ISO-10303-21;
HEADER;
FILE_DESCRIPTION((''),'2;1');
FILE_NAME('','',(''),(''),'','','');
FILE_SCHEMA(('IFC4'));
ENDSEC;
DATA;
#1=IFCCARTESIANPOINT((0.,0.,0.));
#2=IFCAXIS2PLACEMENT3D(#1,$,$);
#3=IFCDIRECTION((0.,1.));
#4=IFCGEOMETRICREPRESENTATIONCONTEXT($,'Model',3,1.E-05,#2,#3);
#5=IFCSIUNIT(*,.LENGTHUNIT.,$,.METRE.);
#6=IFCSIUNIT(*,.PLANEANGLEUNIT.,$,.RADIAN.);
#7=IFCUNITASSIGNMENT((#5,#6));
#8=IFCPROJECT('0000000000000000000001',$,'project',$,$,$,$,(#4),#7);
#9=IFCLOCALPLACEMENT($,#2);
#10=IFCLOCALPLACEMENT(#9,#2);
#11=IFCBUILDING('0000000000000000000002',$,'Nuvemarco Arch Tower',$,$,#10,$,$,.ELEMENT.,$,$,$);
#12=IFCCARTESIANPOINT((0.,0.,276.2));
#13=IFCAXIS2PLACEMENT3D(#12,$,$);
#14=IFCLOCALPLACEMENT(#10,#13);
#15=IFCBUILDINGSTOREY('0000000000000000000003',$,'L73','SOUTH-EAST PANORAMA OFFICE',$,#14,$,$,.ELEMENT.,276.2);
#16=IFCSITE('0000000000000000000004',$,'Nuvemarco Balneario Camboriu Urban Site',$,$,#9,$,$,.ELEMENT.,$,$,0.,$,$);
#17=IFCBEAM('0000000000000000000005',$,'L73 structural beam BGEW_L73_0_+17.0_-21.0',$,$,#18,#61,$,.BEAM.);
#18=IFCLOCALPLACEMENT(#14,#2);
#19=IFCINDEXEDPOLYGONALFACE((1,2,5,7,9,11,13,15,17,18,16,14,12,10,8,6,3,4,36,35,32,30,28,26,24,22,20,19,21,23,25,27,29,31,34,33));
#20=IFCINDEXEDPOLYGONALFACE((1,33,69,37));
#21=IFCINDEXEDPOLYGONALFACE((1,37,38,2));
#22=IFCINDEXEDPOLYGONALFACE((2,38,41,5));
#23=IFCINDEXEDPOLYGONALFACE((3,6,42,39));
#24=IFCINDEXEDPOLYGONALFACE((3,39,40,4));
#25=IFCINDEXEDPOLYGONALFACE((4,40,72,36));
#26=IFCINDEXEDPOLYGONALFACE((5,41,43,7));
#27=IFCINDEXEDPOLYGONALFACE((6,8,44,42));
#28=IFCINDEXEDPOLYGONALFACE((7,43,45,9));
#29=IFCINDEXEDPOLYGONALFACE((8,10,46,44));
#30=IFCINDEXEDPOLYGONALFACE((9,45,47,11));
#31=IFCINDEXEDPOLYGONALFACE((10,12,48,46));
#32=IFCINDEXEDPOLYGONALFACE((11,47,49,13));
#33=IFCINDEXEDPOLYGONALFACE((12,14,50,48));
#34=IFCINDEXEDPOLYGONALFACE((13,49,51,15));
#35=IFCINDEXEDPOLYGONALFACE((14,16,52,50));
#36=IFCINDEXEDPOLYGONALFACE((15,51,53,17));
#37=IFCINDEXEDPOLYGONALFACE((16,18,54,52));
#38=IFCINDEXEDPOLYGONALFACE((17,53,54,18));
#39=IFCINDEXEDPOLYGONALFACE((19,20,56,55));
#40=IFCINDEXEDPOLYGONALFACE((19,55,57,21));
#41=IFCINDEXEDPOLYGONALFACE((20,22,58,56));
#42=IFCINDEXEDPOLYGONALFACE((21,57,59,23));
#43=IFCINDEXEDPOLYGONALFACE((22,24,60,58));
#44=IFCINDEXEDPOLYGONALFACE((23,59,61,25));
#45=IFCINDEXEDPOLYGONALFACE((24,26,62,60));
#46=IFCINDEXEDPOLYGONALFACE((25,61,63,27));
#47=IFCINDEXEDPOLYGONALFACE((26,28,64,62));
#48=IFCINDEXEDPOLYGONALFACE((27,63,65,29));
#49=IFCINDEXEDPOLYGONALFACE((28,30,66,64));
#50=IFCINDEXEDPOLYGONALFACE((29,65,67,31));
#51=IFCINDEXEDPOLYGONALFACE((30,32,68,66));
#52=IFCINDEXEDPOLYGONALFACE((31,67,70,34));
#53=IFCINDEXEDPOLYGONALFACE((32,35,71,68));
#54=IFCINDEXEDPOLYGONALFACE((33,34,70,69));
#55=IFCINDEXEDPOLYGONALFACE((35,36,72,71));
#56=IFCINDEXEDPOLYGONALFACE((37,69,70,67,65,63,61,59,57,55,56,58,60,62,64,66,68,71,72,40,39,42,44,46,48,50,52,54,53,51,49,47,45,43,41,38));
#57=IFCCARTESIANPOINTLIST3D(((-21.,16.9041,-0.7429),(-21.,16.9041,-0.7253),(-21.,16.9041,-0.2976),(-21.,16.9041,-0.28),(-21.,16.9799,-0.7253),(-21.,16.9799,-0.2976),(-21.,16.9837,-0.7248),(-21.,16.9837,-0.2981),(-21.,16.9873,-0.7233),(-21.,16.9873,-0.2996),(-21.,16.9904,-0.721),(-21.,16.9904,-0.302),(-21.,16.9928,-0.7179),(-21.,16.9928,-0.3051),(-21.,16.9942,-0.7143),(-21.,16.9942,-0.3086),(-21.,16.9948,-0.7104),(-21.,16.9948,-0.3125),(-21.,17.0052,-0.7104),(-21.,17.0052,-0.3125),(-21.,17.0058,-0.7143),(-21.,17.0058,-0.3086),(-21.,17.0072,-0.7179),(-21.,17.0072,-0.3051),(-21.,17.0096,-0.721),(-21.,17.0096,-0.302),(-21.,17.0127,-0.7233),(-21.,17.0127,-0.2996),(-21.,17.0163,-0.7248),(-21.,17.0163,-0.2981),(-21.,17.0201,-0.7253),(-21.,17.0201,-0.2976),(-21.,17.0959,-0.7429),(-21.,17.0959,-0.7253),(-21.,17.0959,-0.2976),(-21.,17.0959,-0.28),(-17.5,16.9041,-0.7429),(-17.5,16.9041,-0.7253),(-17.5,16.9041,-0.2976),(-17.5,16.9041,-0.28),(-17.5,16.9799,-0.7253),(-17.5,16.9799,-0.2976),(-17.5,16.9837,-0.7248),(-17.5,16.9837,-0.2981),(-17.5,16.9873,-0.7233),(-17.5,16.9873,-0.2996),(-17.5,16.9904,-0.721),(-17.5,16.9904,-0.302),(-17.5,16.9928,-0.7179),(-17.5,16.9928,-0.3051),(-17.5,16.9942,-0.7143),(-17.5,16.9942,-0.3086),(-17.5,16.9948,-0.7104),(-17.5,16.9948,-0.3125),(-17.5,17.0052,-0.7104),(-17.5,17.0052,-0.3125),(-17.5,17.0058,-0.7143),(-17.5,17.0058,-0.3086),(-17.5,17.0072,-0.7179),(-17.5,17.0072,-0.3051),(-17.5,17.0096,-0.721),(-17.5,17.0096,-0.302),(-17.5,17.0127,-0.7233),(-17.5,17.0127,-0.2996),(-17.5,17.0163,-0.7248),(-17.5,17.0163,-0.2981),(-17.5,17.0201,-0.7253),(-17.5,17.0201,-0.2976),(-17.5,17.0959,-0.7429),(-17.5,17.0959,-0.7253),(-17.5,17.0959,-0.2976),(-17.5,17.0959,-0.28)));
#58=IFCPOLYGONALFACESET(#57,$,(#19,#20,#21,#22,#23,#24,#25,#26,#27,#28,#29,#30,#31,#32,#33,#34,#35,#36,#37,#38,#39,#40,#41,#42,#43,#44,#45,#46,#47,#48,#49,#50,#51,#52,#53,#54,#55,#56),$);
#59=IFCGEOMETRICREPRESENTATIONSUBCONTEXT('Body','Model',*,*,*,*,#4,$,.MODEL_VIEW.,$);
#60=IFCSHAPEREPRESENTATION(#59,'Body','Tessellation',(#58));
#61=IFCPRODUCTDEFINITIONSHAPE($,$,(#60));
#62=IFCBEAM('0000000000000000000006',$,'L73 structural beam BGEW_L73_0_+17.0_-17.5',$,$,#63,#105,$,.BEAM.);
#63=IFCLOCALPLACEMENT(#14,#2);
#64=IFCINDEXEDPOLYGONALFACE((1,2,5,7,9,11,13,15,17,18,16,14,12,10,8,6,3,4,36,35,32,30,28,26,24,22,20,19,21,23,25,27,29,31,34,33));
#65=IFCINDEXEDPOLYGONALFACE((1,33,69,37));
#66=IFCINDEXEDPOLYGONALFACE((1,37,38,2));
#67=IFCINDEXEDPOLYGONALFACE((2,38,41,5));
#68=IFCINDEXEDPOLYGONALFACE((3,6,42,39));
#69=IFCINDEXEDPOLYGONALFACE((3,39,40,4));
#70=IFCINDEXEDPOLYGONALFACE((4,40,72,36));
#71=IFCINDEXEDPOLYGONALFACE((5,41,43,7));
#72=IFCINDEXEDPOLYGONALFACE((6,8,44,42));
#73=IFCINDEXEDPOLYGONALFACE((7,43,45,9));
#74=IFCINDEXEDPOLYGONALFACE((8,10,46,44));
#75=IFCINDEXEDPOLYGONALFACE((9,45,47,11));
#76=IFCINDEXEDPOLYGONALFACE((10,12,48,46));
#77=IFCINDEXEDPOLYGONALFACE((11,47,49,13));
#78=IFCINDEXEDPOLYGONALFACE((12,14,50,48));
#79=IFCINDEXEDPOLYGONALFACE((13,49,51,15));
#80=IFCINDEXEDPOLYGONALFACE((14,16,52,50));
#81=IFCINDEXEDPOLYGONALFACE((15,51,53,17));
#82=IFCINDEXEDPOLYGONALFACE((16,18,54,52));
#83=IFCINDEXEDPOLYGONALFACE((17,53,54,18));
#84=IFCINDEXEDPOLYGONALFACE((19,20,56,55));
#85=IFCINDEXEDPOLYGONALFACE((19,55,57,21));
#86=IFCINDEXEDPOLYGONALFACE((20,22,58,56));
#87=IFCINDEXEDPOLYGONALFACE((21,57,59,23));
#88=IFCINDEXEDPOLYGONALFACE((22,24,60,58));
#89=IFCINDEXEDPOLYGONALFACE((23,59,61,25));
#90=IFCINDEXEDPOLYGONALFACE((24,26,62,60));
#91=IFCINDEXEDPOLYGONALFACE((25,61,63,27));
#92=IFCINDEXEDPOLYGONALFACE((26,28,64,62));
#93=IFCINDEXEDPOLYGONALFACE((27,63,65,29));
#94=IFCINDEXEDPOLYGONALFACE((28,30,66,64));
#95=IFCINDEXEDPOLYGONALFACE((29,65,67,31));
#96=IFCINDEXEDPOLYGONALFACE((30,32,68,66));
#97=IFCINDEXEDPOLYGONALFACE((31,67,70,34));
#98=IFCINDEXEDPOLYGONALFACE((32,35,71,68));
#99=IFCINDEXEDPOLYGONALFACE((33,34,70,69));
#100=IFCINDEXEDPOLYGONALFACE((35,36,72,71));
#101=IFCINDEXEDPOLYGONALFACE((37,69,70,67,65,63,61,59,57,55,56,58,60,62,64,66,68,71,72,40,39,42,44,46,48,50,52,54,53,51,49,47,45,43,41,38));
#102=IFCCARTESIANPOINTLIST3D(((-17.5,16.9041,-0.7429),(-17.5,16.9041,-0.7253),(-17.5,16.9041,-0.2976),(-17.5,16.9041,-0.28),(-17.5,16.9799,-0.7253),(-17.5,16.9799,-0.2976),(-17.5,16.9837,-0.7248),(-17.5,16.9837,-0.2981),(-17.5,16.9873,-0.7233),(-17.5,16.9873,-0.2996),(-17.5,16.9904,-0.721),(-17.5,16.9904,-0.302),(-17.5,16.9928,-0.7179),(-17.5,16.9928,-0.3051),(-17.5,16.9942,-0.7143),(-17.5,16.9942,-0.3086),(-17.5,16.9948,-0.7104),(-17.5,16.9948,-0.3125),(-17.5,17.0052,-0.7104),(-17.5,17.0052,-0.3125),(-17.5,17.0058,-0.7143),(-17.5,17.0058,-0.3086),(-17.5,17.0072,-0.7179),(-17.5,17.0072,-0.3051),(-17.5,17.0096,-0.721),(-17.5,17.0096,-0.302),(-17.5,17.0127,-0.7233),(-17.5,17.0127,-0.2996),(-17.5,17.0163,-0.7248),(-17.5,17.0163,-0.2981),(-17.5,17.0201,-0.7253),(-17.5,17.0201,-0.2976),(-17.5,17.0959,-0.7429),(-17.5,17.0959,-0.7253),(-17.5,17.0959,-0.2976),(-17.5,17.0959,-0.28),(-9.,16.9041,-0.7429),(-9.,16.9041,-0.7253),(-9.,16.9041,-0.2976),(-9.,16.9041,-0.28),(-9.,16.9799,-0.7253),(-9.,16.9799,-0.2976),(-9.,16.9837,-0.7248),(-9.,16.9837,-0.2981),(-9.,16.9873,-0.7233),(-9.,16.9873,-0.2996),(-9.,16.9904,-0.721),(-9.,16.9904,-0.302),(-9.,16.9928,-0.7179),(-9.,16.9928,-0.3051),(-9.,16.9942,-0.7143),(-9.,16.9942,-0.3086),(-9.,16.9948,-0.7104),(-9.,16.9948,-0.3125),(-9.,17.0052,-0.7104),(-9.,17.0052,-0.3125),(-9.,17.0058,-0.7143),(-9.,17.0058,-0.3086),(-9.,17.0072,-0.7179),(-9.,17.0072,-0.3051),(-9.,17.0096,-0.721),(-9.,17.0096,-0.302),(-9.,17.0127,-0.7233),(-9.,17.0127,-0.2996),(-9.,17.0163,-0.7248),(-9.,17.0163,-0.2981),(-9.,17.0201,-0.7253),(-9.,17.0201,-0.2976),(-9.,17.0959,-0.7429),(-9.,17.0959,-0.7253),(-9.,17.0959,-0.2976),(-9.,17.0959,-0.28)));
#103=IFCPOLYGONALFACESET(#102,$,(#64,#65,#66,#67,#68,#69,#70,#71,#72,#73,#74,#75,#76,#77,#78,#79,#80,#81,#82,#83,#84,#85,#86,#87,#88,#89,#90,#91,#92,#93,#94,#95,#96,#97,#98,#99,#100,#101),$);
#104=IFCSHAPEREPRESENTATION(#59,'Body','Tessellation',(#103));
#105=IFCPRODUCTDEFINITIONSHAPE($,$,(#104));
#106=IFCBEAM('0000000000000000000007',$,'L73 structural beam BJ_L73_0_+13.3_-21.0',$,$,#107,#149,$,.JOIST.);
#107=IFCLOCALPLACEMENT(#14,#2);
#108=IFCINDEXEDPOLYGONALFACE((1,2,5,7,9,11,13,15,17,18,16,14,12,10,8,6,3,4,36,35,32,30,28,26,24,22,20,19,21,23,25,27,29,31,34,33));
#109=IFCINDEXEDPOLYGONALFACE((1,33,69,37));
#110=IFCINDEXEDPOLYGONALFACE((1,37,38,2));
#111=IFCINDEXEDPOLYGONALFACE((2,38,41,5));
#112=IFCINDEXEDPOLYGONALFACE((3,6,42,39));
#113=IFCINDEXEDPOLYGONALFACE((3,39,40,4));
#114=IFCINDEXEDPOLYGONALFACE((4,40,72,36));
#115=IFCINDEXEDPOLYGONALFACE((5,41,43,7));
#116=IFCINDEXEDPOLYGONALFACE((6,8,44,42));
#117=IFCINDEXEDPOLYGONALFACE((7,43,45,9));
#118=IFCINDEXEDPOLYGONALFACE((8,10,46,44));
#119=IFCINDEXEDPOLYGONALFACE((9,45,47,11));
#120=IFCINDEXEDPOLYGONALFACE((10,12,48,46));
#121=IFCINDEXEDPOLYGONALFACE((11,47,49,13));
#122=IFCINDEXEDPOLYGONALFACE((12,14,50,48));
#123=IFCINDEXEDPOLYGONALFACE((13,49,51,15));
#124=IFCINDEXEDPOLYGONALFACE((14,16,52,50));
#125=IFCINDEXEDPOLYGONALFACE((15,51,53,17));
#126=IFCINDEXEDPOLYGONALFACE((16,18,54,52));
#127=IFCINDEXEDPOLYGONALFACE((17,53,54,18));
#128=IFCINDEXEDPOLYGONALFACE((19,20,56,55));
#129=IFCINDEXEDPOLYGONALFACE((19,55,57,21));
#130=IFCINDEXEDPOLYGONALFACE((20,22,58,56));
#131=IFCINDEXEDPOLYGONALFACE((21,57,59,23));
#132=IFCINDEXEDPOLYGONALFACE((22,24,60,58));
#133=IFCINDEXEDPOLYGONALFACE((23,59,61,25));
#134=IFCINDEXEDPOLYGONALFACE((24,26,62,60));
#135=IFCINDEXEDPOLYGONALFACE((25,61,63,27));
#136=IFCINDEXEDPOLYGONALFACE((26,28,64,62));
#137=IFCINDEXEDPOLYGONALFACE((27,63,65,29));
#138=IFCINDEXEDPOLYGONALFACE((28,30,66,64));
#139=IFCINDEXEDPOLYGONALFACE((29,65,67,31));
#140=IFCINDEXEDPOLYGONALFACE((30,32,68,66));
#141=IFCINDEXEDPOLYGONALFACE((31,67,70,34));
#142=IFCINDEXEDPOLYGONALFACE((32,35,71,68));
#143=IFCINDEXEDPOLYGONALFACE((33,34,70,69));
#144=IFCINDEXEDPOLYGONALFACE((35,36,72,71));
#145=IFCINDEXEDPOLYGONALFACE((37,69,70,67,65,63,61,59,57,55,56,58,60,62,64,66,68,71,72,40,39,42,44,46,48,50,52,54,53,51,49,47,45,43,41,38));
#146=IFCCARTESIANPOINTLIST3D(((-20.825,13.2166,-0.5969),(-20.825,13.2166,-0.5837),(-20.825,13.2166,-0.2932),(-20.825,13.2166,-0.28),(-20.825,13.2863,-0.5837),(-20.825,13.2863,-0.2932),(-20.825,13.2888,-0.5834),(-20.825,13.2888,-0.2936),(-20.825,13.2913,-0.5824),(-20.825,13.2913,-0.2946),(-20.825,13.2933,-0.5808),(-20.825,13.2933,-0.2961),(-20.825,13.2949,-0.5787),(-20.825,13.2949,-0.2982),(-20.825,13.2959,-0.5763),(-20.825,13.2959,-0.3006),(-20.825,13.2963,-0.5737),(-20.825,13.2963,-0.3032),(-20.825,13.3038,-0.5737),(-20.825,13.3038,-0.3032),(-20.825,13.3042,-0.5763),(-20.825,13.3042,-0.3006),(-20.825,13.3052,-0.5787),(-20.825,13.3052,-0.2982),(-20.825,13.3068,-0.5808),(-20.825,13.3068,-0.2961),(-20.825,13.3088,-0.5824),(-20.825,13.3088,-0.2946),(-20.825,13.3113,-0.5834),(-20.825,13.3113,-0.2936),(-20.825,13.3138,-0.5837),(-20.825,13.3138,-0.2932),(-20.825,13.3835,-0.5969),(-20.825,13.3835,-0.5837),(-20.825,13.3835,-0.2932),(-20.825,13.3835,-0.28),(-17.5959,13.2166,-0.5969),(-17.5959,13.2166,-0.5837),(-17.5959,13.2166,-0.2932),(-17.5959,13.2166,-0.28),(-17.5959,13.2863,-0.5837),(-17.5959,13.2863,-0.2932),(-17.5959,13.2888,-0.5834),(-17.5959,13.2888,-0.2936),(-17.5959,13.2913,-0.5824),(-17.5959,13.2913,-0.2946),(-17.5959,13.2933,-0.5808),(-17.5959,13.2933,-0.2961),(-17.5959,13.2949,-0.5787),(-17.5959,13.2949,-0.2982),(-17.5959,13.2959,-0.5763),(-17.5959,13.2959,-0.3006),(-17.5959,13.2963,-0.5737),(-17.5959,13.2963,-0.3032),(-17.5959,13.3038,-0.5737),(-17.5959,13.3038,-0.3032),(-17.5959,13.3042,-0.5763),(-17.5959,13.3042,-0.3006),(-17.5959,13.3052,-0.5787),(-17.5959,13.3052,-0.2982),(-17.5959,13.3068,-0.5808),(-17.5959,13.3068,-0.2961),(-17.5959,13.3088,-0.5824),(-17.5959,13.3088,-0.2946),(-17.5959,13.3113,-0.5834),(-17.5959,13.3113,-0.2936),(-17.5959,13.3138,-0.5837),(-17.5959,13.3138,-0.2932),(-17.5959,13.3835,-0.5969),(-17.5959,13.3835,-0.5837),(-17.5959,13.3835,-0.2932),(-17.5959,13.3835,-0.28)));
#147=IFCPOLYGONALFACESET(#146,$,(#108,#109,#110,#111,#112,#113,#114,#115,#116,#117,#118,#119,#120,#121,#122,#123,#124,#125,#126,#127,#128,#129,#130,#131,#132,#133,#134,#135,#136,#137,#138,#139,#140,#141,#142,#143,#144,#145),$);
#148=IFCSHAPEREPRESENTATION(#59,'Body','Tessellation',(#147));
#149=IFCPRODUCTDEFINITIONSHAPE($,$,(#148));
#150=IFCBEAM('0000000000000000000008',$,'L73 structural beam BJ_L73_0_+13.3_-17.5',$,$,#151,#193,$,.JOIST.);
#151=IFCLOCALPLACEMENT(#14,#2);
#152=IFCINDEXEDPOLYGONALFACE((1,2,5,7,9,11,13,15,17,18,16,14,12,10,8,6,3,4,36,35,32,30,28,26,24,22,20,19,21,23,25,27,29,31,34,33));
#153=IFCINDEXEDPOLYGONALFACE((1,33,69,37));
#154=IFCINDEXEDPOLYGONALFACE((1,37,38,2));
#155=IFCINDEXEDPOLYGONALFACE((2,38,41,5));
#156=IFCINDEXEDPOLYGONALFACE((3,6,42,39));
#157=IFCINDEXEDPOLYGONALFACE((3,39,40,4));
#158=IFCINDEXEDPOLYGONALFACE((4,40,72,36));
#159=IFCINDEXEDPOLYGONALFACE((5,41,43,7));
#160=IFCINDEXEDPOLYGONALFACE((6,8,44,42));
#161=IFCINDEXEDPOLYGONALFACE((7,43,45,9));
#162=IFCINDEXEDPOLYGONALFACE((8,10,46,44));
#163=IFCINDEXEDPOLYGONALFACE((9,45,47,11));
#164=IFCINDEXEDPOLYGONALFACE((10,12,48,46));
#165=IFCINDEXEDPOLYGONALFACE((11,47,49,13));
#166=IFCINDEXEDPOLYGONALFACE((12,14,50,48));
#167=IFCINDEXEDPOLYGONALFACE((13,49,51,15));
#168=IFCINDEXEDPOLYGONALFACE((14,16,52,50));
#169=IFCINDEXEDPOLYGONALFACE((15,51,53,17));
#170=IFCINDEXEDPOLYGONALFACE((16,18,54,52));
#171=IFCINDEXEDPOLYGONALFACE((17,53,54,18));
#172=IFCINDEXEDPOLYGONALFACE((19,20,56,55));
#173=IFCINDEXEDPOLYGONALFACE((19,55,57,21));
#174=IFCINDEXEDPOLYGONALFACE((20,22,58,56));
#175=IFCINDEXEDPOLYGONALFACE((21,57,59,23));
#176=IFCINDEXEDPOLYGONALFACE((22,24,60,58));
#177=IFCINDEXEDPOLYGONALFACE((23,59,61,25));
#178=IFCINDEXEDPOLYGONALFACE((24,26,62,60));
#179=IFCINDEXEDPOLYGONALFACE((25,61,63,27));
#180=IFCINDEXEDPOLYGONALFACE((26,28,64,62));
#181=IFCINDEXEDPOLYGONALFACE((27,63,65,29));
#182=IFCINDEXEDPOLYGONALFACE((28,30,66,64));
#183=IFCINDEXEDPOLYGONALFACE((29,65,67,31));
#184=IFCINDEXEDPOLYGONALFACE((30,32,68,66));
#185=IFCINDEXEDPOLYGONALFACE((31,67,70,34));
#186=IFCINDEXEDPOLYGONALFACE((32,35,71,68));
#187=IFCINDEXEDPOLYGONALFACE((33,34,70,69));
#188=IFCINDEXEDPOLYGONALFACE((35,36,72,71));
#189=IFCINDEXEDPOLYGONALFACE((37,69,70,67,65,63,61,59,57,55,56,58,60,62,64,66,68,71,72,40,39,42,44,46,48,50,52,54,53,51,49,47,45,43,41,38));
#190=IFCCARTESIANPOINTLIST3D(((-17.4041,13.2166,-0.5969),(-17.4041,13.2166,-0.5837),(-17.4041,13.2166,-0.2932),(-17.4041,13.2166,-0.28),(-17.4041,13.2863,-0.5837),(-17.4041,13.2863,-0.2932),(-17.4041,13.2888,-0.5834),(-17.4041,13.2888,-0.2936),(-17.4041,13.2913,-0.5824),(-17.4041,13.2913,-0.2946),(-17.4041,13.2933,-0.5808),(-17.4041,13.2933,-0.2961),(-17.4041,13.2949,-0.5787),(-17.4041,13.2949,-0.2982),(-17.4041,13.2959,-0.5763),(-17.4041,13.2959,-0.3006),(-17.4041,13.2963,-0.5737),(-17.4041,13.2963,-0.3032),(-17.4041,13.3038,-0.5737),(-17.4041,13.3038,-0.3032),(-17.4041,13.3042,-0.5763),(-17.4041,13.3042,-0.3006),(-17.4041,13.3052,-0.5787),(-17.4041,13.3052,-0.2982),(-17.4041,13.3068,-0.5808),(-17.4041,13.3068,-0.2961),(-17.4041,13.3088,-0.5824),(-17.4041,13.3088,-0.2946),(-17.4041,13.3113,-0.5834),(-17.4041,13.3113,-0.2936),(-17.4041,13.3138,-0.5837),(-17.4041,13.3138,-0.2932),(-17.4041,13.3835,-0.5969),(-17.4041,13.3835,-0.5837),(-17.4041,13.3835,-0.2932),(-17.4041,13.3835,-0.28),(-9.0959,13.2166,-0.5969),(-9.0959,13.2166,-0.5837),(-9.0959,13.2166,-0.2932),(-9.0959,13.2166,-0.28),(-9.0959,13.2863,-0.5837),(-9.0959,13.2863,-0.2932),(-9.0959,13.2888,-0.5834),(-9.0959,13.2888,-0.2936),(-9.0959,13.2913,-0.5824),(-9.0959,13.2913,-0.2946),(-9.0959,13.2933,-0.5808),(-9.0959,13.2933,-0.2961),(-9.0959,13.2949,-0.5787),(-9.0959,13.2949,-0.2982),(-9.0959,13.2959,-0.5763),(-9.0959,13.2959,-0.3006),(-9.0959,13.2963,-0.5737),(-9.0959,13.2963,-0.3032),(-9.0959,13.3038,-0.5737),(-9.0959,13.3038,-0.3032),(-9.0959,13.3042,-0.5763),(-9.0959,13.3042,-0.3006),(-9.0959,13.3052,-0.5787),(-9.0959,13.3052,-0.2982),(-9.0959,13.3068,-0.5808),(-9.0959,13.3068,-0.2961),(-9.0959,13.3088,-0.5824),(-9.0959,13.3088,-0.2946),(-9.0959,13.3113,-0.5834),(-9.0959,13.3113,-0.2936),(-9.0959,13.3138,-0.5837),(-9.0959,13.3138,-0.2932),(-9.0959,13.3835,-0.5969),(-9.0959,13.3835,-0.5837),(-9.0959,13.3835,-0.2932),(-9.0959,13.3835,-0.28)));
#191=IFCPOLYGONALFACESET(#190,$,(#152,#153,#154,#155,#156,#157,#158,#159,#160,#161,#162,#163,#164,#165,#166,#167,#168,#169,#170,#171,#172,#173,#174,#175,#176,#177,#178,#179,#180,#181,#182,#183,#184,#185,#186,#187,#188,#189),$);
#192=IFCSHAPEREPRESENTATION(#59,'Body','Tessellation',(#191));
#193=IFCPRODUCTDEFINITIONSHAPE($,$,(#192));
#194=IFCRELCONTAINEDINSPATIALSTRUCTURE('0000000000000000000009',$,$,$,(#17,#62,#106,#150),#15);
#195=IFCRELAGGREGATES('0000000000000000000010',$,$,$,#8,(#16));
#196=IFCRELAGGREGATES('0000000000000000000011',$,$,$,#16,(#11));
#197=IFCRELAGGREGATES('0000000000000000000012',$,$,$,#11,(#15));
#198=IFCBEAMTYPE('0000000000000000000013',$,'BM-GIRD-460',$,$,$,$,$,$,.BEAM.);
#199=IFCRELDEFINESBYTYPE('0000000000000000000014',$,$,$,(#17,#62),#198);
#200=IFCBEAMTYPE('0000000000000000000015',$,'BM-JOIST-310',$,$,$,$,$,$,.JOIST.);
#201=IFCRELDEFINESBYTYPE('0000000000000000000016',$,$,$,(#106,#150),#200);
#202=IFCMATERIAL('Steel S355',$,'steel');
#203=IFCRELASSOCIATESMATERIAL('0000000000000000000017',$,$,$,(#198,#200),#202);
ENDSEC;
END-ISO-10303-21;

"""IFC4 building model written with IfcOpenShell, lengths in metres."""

from ifc_helpers import new_model, si_unit, direction, frame, origin, origin_2d, place, context, subcontext, project, spatial, i_section, extrude, material, material_profile, profile_set, type_object, element, save


model = new_model("IFC4")

# Units and contexts
model_context = context("Model", 3, precision=1e-05, world=origin(), true_north=direction((0.0, 1.0)))
body_context = subcontext(model_context, "Body", "Model", "MODEL_VIEW")
ifc_project = project(units=[si_unit("LENGTHUNIT", "METRE"), si_unit("PLANEANGLEUNIT", "RADIAN")], contexts=[model_context])

# Site, building, storey
site_placement = place(None, origin())
site = spatial("IfcSite", under=ifc_project, at=site_placement, Name="Nuvemarco Balneario Camboriu Urban Site", CompositionType="ELEMENT", RefElevation=0.0)
building_placement = place(site_placement, origin())
building = spatial("IfcBuilding", under=site, at=building_placement, Name="Nuvemarco Arch Tower", CompositionType="ELEMENT")
storey_placement = place(building_placement, frame((0.0, 0.0, 276.2)))
storey = spatial("IfcBuildingStorey", under=building, at=storey_placement, Name="L73", Description="SOUTH-EAST PANORAMA OFFICE", CompositionType="ELEMENT", Elevation=276.2)

# Shared definitions
ifc_material_1 = material(Name="Steel S355", Category="steel")

# Beams
ifc_material_profile_1 = material_profile(ifc_material_1, i_section(OverallWidth=0.1919, OverallDepth=0.4629, WebThickness=0.0105, FlangeThickness=0.0176, FilletRadius=0.0149, at=origin_2d()), Name="W460x89")
ifc_profile_set_1 = profile_set([ifc_material_profile_1], Name="Steel S355")
beam_type_1 = type_object("IfcBeamType", Name="BM-GIRD-460", PredefinedType="BEAM", material=ifc_profile_set_1)
beam_1_placement = place(storey_placement, frame((-21.0, 17.0, -0.5115), z_axis=(1.0, 0.0, 0.0), x_axis=(0.0, 1.0, 0.0)))
element("IfcBeam", 1, at=beam_1_placement, inside=storey, type_object=beam_type_1, Name="L73 structural beam BGEW_L73_0_+17.0_-21.0", PredefinedType="BEAM", context=body_context, shape_type="SweptSolid", body=[
    extrude(i_section(OverallWidth=0.1919, OverallDepth=0.4629, WebThickness=0.0105, FlangeThickness=0.0176, FilletRadius=0.0149, at=origin_2d()), origin(), (0.0, 0.0, 1.0), 3.5),
])
beam_2_placement = place(storey_placement, frame((-17.5, 17.0, -0.5115), z_axis=(1.0, 0.0, 0.0), x_axis=(0.0, 1.0, 0.0)))
element("IfcBeam", 2, at=beam_2_placement, inside=storey, type_object=beam_type_1, Name="L73 structural beam BGEW_L73_0_+17.0_-17.5", PredefinedType="BEAM", context=body_context, shape_type="SweptSolid", body=[
    extrude(i_section(OverallWidth=0.1919, OverallDepth=0.4629, WebThickness=0.0105, FlangeThickness=0.0176, FilletRadius=0.0149, at=origin_2d()), origin(), (0.0, 0.0, 1.0), 8.5),
])
ifc_material_profile_2 = material_profile(ifc_material_1, i_section(OverallWidth=0.167, OverallDepth=0.3169, WebThickness=0.0076, FlangeThickness=0.0132, FilletRadius=0.01, at=origin_2d()), Name="W310x52")
ifc_profile_set_2 = profile_set([ifc_material_profile_2], Name="Steel S355")
beam_type_2 = type_object("IfcBeamType", Name="BM-JOIST-310", PredefinedType="JOIST", material=ifc_profile_set_2)
beam_3_placement = place(storey_placement, frame((-20.825, 13.3, -0.4385), z_axis=(1.0, 0.0, 0.0), x_axis=(0.0, 1.0, 0.0)))
element("IfcBeam", 3, at=beam_3_placement, inside=storey, type_object=beam_type_2, Name="L73 structural beam BJ_L73_0_+13.3_-21.0", PredefinedType="JOIST", context=body_context, shape_type="SweptSolid", body=[
    extrude(i_section(OverallWidth=0.167, OverallDepth=0.3169, WebThickness=0.0076, FlangeThickness=0.0132, FilletRadius=0.01, at=origin_2d()), origin(), (0.0, 0.0, 1.0), 3.229),
])
beam_4_placement = place(storey_placement, frame((-17.4041, 13.3, -0.4385), z_axis=(1.0, 0.0, 0.0), x_axis=(0.0, 1.0, 0.0)))
element("IfcBeam", 4, at=beam_4_placement, inside=storey, type_object=beam_type_2, Name="L73 structural beam BJ_L73_0_+13.3_-17.5", PredefinedType="JOIST", context=body_context, shape_type="SweptSolid", body=[
    extrude(i_section(OverallWidth=0.167, OverallDepth=0.3169, WebThickness=0.0076, FlangeThickness=0.0132, FilletRadius=0.01, at=origin_2d()), origin(), (0.0, 0.0, 1.0), 8.3081),
])

save(model, "model.ifc")
